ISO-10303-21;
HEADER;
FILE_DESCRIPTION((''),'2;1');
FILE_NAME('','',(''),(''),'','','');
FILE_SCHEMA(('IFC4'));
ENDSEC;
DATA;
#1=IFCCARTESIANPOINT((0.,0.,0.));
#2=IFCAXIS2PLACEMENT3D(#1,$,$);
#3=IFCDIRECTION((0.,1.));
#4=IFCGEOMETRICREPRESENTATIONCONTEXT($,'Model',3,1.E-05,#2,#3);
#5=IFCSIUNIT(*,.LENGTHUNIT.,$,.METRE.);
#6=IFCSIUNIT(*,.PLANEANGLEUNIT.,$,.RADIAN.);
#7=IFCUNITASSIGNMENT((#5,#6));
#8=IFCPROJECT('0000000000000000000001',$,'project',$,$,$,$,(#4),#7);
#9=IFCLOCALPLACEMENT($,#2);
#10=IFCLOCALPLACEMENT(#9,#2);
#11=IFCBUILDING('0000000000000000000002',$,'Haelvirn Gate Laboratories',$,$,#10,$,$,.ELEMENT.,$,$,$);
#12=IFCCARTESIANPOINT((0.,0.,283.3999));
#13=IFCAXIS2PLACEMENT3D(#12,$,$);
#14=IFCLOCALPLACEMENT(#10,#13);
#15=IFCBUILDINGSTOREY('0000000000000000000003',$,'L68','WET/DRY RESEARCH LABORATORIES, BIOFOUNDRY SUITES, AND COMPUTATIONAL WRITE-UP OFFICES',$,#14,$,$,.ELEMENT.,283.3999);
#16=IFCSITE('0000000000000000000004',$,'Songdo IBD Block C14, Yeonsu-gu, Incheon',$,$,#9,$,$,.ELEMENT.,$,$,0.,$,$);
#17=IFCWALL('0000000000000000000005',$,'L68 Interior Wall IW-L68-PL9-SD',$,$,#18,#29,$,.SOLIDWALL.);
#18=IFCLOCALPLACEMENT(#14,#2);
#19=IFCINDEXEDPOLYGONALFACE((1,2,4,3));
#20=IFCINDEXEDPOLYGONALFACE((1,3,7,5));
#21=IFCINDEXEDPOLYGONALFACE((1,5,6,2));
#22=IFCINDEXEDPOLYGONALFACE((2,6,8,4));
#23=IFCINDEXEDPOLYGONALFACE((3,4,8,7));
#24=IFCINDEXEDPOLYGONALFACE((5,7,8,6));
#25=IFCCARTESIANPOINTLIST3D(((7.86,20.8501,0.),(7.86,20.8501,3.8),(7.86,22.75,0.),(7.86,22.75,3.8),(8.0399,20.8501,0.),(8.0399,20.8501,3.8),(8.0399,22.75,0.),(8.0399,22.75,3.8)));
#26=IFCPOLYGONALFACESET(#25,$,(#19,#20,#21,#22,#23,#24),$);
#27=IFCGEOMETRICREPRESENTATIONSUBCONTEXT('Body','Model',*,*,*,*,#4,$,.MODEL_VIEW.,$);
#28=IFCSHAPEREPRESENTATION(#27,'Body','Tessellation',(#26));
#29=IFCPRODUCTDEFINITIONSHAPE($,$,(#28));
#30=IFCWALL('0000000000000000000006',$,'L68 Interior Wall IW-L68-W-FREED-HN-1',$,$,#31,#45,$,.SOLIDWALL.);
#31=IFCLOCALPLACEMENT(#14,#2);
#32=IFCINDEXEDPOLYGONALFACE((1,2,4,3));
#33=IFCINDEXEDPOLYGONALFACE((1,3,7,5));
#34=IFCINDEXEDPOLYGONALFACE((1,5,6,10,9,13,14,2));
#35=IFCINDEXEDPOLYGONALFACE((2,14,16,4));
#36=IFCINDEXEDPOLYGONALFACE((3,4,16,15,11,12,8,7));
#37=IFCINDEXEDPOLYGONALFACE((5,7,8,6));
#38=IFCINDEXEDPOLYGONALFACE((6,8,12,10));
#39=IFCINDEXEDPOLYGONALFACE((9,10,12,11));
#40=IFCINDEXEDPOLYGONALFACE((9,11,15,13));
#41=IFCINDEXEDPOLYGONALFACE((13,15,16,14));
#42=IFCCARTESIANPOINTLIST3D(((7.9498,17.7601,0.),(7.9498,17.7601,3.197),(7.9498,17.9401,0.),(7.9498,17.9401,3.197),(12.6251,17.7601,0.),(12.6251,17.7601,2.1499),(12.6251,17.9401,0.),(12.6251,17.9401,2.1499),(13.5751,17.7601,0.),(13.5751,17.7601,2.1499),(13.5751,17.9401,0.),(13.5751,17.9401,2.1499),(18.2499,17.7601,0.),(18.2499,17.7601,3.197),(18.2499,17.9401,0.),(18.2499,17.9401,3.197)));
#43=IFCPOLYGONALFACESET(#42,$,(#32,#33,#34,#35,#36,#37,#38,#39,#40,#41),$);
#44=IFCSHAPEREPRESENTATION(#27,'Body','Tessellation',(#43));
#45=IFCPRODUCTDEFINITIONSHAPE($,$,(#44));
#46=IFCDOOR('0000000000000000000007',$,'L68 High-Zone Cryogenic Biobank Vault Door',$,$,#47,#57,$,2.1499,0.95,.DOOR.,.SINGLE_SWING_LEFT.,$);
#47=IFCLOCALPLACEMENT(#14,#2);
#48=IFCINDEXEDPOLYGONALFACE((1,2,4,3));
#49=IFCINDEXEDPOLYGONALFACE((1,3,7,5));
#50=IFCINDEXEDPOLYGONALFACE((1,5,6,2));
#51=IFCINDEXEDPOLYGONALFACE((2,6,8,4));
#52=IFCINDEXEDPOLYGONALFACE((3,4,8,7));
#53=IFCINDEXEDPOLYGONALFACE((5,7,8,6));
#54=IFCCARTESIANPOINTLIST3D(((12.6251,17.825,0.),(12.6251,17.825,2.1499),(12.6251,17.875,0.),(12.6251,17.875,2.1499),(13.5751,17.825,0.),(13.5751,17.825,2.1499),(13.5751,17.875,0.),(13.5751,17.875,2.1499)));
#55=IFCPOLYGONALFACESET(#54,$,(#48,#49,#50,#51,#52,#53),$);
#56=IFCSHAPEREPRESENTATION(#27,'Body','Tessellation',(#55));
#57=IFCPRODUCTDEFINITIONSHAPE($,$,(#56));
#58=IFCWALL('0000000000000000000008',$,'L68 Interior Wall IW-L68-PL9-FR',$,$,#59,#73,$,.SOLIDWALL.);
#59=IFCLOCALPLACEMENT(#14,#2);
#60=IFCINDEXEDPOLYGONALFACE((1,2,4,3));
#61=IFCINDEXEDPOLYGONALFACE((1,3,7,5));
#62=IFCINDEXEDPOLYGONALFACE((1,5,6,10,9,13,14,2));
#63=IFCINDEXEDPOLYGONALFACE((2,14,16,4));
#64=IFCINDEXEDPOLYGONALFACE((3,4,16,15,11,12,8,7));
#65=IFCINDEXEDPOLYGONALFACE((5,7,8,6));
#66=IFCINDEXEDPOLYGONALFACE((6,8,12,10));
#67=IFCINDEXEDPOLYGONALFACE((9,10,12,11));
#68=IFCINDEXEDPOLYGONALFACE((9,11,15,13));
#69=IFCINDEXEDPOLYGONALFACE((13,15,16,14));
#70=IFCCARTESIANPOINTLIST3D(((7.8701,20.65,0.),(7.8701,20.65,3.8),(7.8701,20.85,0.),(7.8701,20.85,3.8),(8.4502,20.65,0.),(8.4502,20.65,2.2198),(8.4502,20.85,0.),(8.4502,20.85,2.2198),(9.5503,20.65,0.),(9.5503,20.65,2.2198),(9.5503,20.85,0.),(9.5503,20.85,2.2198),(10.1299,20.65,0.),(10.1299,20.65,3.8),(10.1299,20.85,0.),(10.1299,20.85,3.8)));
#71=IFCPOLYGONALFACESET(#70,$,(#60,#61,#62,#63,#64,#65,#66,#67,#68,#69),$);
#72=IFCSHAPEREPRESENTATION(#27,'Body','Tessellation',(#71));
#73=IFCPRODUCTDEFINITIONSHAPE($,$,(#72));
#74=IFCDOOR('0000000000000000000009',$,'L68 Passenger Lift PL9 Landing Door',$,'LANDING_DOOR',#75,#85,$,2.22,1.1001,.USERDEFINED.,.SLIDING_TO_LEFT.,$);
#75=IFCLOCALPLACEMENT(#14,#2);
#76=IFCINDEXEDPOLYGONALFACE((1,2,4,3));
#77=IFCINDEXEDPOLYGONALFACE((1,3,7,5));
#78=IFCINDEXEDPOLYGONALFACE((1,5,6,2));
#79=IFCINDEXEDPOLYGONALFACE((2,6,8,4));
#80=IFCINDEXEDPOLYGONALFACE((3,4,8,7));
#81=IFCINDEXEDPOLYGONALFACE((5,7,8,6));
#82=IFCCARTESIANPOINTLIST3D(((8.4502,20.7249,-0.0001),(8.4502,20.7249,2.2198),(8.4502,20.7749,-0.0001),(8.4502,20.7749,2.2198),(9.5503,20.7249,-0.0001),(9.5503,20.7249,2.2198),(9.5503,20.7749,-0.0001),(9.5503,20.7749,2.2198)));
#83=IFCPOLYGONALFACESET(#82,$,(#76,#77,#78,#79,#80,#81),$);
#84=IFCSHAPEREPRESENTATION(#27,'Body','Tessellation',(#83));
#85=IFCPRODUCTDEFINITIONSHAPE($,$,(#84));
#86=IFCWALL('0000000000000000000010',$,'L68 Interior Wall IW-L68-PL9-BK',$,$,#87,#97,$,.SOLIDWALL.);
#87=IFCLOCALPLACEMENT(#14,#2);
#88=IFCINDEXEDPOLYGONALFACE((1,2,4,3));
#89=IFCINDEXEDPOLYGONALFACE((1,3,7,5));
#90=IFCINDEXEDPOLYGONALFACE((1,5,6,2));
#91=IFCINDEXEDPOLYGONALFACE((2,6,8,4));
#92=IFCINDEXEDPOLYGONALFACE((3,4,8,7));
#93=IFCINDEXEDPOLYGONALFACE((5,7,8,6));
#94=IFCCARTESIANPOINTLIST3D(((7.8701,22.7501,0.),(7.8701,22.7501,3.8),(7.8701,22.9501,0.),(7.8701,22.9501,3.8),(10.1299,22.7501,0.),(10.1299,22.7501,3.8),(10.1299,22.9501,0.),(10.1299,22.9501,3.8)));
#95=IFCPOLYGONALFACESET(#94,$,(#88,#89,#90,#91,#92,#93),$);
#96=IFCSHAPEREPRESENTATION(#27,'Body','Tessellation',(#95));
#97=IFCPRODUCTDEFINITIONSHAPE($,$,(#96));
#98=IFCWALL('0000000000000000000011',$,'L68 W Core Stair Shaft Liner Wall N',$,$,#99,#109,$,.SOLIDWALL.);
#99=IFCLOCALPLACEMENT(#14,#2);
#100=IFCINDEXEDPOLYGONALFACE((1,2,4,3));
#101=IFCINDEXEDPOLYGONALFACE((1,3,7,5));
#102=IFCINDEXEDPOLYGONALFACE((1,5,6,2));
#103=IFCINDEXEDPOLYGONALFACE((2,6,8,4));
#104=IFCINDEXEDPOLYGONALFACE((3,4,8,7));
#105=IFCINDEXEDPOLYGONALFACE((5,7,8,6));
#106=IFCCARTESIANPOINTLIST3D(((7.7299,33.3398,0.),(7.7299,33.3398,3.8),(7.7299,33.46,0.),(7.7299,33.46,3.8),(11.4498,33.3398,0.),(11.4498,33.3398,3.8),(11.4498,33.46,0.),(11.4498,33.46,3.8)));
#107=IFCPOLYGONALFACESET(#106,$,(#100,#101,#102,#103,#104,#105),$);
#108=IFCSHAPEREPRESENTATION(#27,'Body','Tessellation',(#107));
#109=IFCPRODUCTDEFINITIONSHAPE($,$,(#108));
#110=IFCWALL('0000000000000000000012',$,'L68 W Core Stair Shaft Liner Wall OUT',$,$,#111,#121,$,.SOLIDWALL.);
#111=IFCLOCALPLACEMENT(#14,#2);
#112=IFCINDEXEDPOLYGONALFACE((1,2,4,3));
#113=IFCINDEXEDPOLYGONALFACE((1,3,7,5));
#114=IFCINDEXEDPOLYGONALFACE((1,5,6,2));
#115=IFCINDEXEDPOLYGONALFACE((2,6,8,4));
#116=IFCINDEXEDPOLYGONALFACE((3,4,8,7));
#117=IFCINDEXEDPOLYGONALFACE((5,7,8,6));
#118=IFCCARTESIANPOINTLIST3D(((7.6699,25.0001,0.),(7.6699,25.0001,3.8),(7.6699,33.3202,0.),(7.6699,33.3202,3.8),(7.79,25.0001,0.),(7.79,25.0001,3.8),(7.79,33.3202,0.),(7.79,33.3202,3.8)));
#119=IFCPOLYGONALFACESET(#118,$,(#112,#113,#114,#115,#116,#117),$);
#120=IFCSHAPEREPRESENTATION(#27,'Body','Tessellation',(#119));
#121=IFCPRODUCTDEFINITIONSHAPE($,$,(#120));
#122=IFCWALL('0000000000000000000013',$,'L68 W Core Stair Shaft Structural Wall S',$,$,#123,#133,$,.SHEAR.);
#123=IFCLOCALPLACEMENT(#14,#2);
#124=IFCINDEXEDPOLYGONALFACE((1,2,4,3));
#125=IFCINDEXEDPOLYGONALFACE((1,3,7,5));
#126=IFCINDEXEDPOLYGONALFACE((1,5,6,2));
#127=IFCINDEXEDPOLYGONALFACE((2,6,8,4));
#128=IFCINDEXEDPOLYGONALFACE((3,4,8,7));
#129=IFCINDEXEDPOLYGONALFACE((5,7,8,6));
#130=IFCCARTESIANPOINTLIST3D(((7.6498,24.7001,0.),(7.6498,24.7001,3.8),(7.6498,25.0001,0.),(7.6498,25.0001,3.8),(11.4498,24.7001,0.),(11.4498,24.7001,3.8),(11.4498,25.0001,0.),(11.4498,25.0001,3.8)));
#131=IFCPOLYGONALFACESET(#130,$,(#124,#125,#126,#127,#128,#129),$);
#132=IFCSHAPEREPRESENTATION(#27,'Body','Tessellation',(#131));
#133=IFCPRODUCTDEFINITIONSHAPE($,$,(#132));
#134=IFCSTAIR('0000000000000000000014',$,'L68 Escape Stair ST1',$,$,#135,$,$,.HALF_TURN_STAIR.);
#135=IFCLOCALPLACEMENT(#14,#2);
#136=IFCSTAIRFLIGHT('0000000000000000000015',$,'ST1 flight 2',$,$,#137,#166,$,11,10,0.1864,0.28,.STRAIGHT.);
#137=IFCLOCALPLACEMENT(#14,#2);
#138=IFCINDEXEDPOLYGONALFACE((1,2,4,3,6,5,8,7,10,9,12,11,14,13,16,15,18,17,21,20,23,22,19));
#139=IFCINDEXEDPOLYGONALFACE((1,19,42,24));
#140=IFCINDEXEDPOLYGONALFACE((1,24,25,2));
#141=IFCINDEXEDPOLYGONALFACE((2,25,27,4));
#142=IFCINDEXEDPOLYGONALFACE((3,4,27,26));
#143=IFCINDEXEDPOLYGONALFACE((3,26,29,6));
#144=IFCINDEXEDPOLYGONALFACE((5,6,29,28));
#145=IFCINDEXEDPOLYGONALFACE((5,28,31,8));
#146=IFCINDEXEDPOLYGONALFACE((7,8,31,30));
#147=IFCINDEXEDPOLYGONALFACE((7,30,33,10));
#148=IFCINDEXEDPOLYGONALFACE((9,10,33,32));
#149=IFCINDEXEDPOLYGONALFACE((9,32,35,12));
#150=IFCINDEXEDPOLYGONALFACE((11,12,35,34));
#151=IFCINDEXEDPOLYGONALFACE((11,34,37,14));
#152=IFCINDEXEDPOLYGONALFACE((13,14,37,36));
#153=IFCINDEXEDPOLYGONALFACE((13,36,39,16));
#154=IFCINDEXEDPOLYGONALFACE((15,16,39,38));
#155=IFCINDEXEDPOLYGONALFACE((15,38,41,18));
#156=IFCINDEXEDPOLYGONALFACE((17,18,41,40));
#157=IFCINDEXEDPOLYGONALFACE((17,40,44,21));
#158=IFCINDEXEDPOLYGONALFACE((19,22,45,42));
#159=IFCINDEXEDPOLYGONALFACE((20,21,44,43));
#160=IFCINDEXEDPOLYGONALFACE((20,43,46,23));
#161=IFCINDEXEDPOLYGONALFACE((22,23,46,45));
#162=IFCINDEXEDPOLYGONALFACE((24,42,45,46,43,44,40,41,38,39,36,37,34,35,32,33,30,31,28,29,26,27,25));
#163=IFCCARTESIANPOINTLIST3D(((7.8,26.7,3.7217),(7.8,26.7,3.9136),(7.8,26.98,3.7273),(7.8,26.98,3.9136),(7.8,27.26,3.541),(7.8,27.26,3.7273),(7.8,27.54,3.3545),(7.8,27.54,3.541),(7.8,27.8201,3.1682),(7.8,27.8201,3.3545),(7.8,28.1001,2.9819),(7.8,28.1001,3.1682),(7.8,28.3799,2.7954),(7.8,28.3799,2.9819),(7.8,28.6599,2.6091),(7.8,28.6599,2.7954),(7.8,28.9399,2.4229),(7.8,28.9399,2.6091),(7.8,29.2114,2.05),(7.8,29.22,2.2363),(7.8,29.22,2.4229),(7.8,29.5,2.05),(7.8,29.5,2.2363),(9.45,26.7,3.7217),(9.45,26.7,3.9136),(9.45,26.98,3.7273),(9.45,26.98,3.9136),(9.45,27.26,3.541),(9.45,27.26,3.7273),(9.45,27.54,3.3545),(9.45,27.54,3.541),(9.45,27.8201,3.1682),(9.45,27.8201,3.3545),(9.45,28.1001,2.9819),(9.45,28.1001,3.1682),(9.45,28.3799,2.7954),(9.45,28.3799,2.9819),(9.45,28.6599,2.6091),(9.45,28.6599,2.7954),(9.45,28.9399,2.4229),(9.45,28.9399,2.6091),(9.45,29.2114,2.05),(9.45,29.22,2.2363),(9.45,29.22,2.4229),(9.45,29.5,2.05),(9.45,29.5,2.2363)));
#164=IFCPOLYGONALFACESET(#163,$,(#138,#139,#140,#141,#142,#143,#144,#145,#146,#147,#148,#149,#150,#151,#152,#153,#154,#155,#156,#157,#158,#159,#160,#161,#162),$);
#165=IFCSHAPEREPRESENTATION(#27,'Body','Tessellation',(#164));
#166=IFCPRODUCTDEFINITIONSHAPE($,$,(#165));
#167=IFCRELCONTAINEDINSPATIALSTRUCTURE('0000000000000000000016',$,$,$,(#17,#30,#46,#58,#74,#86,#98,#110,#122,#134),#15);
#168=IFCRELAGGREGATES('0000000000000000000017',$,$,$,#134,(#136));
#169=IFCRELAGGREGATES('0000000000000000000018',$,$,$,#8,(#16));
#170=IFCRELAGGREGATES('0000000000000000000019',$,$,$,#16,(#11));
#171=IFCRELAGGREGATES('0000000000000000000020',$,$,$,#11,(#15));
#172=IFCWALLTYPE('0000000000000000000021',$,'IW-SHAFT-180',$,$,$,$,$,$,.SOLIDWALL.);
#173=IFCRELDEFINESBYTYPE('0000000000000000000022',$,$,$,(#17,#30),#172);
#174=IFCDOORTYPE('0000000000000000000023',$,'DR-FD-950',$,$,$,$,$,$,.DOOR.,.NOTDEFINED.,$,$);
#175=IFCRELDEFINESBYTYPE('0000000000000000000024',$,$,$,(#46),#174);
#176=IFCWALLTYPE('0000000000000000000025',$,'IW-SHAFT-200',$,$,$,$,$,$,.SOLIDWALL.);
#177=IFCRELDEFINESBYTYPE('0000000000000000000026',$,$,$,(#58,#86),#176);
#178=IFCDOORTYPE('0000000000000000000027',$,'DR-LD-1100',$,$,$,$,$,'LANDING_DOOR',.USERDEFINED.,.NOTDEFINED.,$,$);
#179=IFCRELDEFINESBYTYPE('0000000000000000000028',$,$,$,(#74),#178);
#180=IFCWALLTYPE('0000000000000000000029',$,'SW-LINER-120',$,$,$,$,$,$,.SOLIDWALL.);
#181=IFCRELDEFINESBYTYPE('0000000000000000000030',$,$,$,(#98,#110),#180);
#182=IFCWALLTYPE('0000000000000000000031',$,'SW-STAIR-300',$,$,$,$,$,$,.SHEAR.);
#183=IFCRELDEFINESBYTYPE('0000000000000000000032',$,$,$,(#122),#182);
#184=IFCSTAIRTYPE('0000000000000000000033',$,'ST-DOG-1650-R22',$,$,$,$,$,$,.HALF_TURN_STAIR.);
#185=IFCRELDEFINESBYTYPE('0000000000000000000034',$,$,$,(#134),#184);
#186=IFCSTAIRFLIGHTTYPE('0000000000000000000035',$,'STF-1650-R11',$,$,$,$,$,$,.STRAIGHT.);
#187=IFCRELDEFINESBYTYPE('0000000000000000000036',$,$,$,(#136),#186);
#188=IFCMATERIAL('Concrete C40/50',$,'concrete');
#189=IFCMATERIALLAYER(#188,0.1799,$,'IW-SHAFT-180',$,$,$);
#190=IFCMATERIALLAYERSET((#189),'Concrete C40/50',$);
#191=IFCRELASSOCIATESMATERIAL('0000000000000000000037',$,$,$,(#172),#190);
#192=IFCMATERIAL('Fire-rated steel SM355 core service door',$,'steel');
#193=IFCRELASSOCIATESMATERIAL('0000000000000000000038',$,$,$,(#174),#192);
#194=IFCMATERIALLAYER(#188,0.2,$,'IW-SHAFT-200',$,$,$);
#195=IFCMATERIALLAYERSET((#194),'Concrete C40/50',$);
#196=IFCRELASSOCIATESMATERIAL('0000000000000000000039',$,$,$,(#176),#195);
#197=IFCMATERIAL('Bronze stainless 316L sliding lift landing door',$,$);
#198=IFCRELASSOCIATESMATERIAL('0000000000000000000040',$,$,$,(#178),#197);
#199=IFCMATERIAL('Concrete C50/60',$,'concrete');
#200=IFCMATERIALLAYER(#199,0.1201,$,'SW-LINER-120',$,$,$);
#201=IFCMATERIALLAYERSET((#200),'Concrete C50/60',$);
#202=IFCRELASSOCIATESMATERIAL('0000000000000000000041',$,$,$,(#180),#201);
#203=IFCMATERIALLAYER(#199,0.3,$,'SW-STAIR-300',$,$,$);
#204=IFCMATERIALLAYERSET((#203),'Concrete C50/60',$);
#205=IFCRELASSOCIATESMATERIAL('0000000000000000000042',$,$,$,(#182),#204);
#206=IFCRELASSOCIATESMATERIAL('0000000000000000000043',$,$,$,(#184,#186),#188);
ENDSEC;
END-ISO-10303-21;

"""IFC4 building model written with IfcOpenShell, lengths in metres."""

from ifc_helpers import new_model, si_unit, direction, frame, frame_2d, origin, place, context, subcontext, project, spatial, polyline, rectangle, outline, extrude, source, transform, mapped, material, layer, layer_set, type_object, type_shapes, element, fill, aggregate, save


model = new_model("IFC4")

# Units and contexts
model_context = context("Model", 3, precision=1e-05, world=origin(), true_north=direction((0.0, 1.0)))
body_context = subcontext(model_context, "Body", "Model", "MODEL_VIEW")
ifc_project = project(units=[si_unit("LENGTHUNIT", "METRE"), si_unit("PLANEANGLEUNIT", "RADIAN")], contexts=[model_context])

# Site, building, storey
site_placement = place(None, origin())
site = spatial("IfcSite", under=ifc_project, at=site_placement, Name="Songdo IBD Block C14, Yeonsu-gu, Incheon", CompositionType="ELEMENT", RefElevation=0.0)
building_placement = place(site_placement, origin())
building = spatial("IfcBuilding", under=site, at=building_placement, Name="Haelvirn Gate Laboratories", CompositionType="ELEMENT")
storey_placement = place(building_placement, frame((0.0, 0.0, 283.3999)))
storey = spatial("IfcBuildingStorey", under=building, at=storey_placement, Name="L68", Description="WET/DRY RESEARCH LABORATORIES, BIOFOUNDRY SUITES, AND COMPUTATIONAL WRITE-UP OFFICES", CompositionType="ELEMENT", Elevation=283.3999)

# Shared definitions
ifc_material_1 = material(Name="Concrete C50/60", Category="concrete")

# Wall
ifc_material_2 = material(Name="Concrete C40/50", Category="concrete")
ifc_layer_1 = layer(ifc_material_2, 0.1799, Name="IW-SHAFT-180")
ifc_layer_set_1 = layer_set([ifc_layer_1], Name="Concrete C40/50")
wall_type_1 = type_object("IfcWallType", Name="IW-SHAFT-180", PredefinedType="SOLIDWALL", material=ifc_layer_set_1)
wall_1_placement = place(storey_placement, frame((7.95, 20.8501, 0.0), z_axis=(0.0, 0.0, 1.0), x_axis=(0.0, 1.0, 0.0)))
element("IfcWall", 1, at=wall_1_placement, inside=storey, type_object=wall_type_1, Name="L68 Interior Wall IW-L68-PL9-SD", PredefinedType="SOLIDWALL", context=body_context, shape_type="SweptSolid", body=[
    extrude(rectangle(XDim=1.8999, YDim=0.1799, at=frame_2d((0.95, 0.0))), origin(), (0.0, 0.0, 1.0), 3.8),
])

# Walls, openings, doors
wall_2_placement = place(storey_placement, frame((7.95, 17.8501, 0.0), z_axis=(0.0, 0.0, 1.0), x_axis=(1.0, 0.0, 0.0)))
wall_2 = element("IfcWall", 2, at=wall_2_placement, inside=storey, type_object=wall_type_1, Name="L68 Interior Wall IW-L68-W-FREED-HN-1", PredefinedType="SOLIDWALL", context=body_context, shape_type="SweptSolid", body=[
    extrude(rectangle(XDim=10.3, YDim=0.1799, at=frame_2d((5.1499, 0.0))), origin(), (0.0, 0.0, 1.0), 3.197),
])
opening_1_placement = place(wall_2_placement, frame((4.675, 0.0, 0.0)))
opening_1 = element("IfcOpeningElement", 3, at=opening_1_placement, cuts=wall_2, PredefinedType="OPENING", context=body_context, shape_type="SweptSolid", body=[
    extrude(rectangle(XDim=0.95, YDim=2.1499, at=frame_2d((0.4751, 1.075))), frame((0.0, 0.1001, 0.0), z_axis=(0.0, -1.0, 0.0), x_axis=(1.0, 0.0, 0.0)), (0.0, 0.0, 1.0), 0.2),
])
ifc_material_3 = material(Name="Fire-rated steel SM355 core service door", Category="steel")
door_type_1 = type_object("IfcDoorType", Name="DR-FD-950", OperationType="NOTDEFINED", PredefinedType="DOOR", material=ifc_material_3)
shared_shape_1 = source(origin(), body_context, "Body", "SweptSolid", [
    extrude(rectangle(XDim=0.95, YDim=2.1499, at=frame_2d((0.4751, 1.075))), frame((0.0, 0.0249, 0.0), z_axis=(0.0, -1.0, 0.0), x_axis=(1.0, 0.0, 0.0)), (0.0, 0.0, 1.0), 0.05),
])
type_shapes(door_type_1, [shared_shape_1])
door_1_placement = place(opening_1_placement, origin())
door_1 = element("IfcDoor", 4, at=door_1_placement, inside=storey, type_object=door_type_1, Name="L68 High-Zone Cryogenic Biobank Vault Door", OperationType="SINGLE_SWING_LEFT", OverallHeight=2.1499, OverallWidth=0.95, PredefinedType="DOOR", context=body_context, shape_type="MappedRepresentation", body=[
    mapped(shared_shape_1, transform((0.0, 0.0, 0.0), scale=1.0)),
])
fill(opening_1, door_1)
ifc_layer_2 = layer(ifc_material_2, 0.2, Name="IW-SHAFT-200")
ifc_layer_set_2 = layer_set([ifc_layer_2], Name="Concrete C40/50")
wall_type_2 = type_object("IfcWallType", Name="IW-SHAFT-200", PredefinedType="SOLIDWALL", material=ifc_layer_set_2)
wall_3_placement = place(storey_placement, frame((7.8701, 20.75, 0.0), z_axis=(0.0, 0.0, 1.0), x_axis=(1.0, 0.0, 0.0)))
wall_3 = element("IfcWall", 5, at=wall_3_placement, inside=storey, type_object=wall_type_2, Name="L68 Interior Wall IW-L68-PL9-FR", PredefinedType="SOLIDWALL", context=body_context, shape_type="SweptSolid", body=[
    extrude(rectangle(XDim=2.2598, YDim=0.2, at=frame_2d((1.1299, 0.0))), origin(), (0.0, 0.0, 1.0), 3.8),
])
opening_2_placement = place(wall_3_placement, frame((0.5801, 0.0, 0.0)))
opening_2 = element("IfcOpeningElement", 6, at=opening_2_placement, cuts=wall_3, PredefinedType="OPENING", context=body_context, shape_type="SweptSolid", body=[
    extrude(rectangle(XDim=1.1001, YDim=2.22, at=frame_2d((0.55, 1.1099))), frame((0.0, 0.1099, 0.0), z_axis=(0.0, -1.0, 0.0), x_axis=(1.0, 0.0, 0.0)), (0.0, 0.0, 1.0), 0.22),
])
ifc_material_4 = material(Name="Bronze stainless 316L sliding lift landing door")
door_type_2 = type_object("IfcDoorType", Name="DR-LD-1100", ElementType="LANDING_DOOR", OperationType="NOTDEFINED", PredefinedType="USERDEFINED", material=ifc_material_4)
shared_shape_2 = source(origin(), body_context, "Body", "SweptSolid", [
    extrude(rectangle(XDim=1.1001, YDim=2.22, at=frame_2d((0.55, 1.1099))), frame((0.0, 0.0249, 0.0), z_axis=(0.0, -1.0, 0.0), x_axis=(1.0, 0.0, 0.0)), (0.0, 0.0, 1.0), 0.05),
])
type_shapes(door_type_2, [shared_shape_2])
door_2_placement = place(opening_2_placement, origin())
door_2 = element("IfcDoor", 7, at=door_2_placement, inside=storey, type_object=door_type_2, Name="L68 Passenger Lift PL9 Landing Door", ObjectType="LANDING_DOOR", OperationType="SLIDING_TO_LEFT", OverallHeight=2.22, OverallWidth=1.1001, PredefinedType="USERDEFINED", context=body_context, shape_type="MappedRepresentation", body=[
    mapped(shared_shape_2, transform((0.0, 0.0, 0.0), scale=1.0)),
])
fill(opening_2, door_2)

# Wall
wall_4_placement = place(storey_placement, frame((7.8701, 22.8501, 0.0), z_axis=(0.0, 0.0, 1.0), x_axis=(1.0, 0.0, 0.0)))
element("IfcWall", 8, at=wall_4_placement, inside=storey, type_object=wall_type_2, Name="L68 Interior Wall IW-L68-PL9-BK", PredefinedType="SOLIDWALL", context=body_context, shape_type="SweptSolid", body=[
    extrude(rectangle(XDim=2.2598, YDim=0.2, at=frame_2d((1.1299, 0.0))), origin(), (0.0, 0.0, 1.0), 3.8),
])

# Walls
ifc_layer_3 = layer(ifc_material_1, 0.1201, Name="SW-LINER-120")
ifc_layer_set_3 = layer_set([ifc_layer_3], Name="Concrete C50/60")
wall_type_3 = type_object("IfcWallType", Name="SW-LINER-120", PredefinedType="SOLIDWALL", material=ifc_layer_set_3)
wall_5_placement = place(storey_placement, frame((7.73, 33.3999, 0.0), z_axis=(0.0, 0.0, 1.0), x_axis=(1.0, 0.0, 0.0)))
element("IfcWall", 9, at=wall_5_placement, inside=storey, type_object=wall_type_3, Name="L68 W Core Stair Shaft Liner Wall N", PredefinedType="SOLIDWALL", context=body_context, shape_type="SweptSolid", body=[
    extrude(rectangle(XDim=3.72, YDim=0.1201, at=frame_2d((1.8599, 0.0))), origin(), (0.0, 0.0, 1.0), 3.8),
])
wall_6_placement = place(storey_placement, frame((7.73, 25.0, 0.0), z_axis=(0.0, 0.0, 1.0), x_axis=(0.0, 1.0, 0.0)))
element("IfcWall", 10, at=wall_6_placement, inside=storey, type_object=wall_type_3, Name="L68 W Core Stair Shaft Liner Wall OUT", PredefinedType="SOLIDWALL", context=body_context, shape_type="SweptSolid", body=[
    extrude(rectangle(XDim=8.3201, YDim=0.1201, at=frame_2d((4.1602, 0.0))), origin(), (0.0, 0.0, 1.0), 3.8),
])
ifc_layer_4 = layer(ifc_material_1, 0.3, Name="SW-STAIR-300")
ifc_layer_set_4 = layer_set([ifc_layer_4], Name="Concrete C50/60")
wall_type_4 = type_object("IfcWallType", Name="SW-STAIR-300", PredefinedType="SHEAR", material=ifc_layer_set_4)
wall_7_placement = place(storey_placement, frame((7.6499, 24.8501, 0.0), z_axis=(0.0, 0.0, 1.0), x_axis=(1.0, 0.0, 0.0)))
element("IfcWall", 11, at=wall_7_placement, inside=storey, type_object=wall_type_4, Name="L68 W Core Stair Shaft Structural Wall S", PredefinedType="SHEAR", context=body_context, shape_type="SweptSolid", body=[
    extrude(rectangle(XDim=3.8, YDim=0.3, at=frame_2d((1.8999, 0.0))), origin(), (0.0, 0.0, 1.0), 3.8),
])

# Stair, stair flight
stair_type = type_object("IfcStairType", Name="ST-DOG-1650-R22", PredefinedType="HALF_TURN_STAIR", material=ifc_material_2)
stair_placement = place(storey_placement, origin())
stair = element("IfcStair", 12, at=stair_placement, inside=storey, type_object=stair_type, Name="L68 Escape Stair ST1", PredefinedType="HALF_TURN_STAIR")
stair_flight_type = type_object("IfcStairFlightType", Name="STF-1650-R11", PredefinedType="STRAIGHT", material=ifc_material_2)
shared_shape_3 = source(origin(), body_context, "Body", "SweptSolid", [
    extrude(outline(polyline([(0.0, 0.0), (0.0, 0.1863), (0.28, 0.1863), (0.28, 0.3728), (0.5601, 0.3728), (0.5601, 0.5591), (0.8401, 0.5591), (0.8401, 0.7454), (1.1201, 0.7454), (1.1201, 0.9319), (1.3999, 0.9319), (1.3999, 1.1182), (1.6799, 1.1182), (1.6799, 1.3044), (1.96, 1.3044), (1.96, 1.491), (2.24, 1.491), (2.24, 1.6772), (2.52, 1.6772), (2.52, 1.8635), (2.8, 1.8635), (2.8, 2.05), (2.8, 1.6716), (0.2886, 0.0), (0.0, 0.0)])), frame((0.0, 0.825, 0.0), z_axis=(0.0, -1.0, 0.0), x_axis=(1.0, 0.0, 0.0)), (0.0, 0.0, 1.0), 1.6499),
])
type_shapes(stair_flight_type, [shared_shape_3])
stair_flight_placement = place(storey_placement, frame((8.625, 29.5, 2.05), z_axis=(0.0, 0.0, 1.0), x_axis=(0.0, -1.0, 0.0)))
stair_flight = element("IfcStairFlight", 13, at=stair_flight_placement, type_object=stair_flight_type, Name="ST1 flight 2", NumberOfRisers=11, NumberOfTreads=10, PredefinedType="STRAIGHT", RiserHeight=0.1864, TreadLength=0.28, context=body_context, shape_type="MappedRepresentation", body=[
    mapped(shared_shape_3, transform((0.0, 0.0, 0.0), scale=1.0)),
])
aggregate(stair, [stair_flight])

save(model, "model.ifc")
